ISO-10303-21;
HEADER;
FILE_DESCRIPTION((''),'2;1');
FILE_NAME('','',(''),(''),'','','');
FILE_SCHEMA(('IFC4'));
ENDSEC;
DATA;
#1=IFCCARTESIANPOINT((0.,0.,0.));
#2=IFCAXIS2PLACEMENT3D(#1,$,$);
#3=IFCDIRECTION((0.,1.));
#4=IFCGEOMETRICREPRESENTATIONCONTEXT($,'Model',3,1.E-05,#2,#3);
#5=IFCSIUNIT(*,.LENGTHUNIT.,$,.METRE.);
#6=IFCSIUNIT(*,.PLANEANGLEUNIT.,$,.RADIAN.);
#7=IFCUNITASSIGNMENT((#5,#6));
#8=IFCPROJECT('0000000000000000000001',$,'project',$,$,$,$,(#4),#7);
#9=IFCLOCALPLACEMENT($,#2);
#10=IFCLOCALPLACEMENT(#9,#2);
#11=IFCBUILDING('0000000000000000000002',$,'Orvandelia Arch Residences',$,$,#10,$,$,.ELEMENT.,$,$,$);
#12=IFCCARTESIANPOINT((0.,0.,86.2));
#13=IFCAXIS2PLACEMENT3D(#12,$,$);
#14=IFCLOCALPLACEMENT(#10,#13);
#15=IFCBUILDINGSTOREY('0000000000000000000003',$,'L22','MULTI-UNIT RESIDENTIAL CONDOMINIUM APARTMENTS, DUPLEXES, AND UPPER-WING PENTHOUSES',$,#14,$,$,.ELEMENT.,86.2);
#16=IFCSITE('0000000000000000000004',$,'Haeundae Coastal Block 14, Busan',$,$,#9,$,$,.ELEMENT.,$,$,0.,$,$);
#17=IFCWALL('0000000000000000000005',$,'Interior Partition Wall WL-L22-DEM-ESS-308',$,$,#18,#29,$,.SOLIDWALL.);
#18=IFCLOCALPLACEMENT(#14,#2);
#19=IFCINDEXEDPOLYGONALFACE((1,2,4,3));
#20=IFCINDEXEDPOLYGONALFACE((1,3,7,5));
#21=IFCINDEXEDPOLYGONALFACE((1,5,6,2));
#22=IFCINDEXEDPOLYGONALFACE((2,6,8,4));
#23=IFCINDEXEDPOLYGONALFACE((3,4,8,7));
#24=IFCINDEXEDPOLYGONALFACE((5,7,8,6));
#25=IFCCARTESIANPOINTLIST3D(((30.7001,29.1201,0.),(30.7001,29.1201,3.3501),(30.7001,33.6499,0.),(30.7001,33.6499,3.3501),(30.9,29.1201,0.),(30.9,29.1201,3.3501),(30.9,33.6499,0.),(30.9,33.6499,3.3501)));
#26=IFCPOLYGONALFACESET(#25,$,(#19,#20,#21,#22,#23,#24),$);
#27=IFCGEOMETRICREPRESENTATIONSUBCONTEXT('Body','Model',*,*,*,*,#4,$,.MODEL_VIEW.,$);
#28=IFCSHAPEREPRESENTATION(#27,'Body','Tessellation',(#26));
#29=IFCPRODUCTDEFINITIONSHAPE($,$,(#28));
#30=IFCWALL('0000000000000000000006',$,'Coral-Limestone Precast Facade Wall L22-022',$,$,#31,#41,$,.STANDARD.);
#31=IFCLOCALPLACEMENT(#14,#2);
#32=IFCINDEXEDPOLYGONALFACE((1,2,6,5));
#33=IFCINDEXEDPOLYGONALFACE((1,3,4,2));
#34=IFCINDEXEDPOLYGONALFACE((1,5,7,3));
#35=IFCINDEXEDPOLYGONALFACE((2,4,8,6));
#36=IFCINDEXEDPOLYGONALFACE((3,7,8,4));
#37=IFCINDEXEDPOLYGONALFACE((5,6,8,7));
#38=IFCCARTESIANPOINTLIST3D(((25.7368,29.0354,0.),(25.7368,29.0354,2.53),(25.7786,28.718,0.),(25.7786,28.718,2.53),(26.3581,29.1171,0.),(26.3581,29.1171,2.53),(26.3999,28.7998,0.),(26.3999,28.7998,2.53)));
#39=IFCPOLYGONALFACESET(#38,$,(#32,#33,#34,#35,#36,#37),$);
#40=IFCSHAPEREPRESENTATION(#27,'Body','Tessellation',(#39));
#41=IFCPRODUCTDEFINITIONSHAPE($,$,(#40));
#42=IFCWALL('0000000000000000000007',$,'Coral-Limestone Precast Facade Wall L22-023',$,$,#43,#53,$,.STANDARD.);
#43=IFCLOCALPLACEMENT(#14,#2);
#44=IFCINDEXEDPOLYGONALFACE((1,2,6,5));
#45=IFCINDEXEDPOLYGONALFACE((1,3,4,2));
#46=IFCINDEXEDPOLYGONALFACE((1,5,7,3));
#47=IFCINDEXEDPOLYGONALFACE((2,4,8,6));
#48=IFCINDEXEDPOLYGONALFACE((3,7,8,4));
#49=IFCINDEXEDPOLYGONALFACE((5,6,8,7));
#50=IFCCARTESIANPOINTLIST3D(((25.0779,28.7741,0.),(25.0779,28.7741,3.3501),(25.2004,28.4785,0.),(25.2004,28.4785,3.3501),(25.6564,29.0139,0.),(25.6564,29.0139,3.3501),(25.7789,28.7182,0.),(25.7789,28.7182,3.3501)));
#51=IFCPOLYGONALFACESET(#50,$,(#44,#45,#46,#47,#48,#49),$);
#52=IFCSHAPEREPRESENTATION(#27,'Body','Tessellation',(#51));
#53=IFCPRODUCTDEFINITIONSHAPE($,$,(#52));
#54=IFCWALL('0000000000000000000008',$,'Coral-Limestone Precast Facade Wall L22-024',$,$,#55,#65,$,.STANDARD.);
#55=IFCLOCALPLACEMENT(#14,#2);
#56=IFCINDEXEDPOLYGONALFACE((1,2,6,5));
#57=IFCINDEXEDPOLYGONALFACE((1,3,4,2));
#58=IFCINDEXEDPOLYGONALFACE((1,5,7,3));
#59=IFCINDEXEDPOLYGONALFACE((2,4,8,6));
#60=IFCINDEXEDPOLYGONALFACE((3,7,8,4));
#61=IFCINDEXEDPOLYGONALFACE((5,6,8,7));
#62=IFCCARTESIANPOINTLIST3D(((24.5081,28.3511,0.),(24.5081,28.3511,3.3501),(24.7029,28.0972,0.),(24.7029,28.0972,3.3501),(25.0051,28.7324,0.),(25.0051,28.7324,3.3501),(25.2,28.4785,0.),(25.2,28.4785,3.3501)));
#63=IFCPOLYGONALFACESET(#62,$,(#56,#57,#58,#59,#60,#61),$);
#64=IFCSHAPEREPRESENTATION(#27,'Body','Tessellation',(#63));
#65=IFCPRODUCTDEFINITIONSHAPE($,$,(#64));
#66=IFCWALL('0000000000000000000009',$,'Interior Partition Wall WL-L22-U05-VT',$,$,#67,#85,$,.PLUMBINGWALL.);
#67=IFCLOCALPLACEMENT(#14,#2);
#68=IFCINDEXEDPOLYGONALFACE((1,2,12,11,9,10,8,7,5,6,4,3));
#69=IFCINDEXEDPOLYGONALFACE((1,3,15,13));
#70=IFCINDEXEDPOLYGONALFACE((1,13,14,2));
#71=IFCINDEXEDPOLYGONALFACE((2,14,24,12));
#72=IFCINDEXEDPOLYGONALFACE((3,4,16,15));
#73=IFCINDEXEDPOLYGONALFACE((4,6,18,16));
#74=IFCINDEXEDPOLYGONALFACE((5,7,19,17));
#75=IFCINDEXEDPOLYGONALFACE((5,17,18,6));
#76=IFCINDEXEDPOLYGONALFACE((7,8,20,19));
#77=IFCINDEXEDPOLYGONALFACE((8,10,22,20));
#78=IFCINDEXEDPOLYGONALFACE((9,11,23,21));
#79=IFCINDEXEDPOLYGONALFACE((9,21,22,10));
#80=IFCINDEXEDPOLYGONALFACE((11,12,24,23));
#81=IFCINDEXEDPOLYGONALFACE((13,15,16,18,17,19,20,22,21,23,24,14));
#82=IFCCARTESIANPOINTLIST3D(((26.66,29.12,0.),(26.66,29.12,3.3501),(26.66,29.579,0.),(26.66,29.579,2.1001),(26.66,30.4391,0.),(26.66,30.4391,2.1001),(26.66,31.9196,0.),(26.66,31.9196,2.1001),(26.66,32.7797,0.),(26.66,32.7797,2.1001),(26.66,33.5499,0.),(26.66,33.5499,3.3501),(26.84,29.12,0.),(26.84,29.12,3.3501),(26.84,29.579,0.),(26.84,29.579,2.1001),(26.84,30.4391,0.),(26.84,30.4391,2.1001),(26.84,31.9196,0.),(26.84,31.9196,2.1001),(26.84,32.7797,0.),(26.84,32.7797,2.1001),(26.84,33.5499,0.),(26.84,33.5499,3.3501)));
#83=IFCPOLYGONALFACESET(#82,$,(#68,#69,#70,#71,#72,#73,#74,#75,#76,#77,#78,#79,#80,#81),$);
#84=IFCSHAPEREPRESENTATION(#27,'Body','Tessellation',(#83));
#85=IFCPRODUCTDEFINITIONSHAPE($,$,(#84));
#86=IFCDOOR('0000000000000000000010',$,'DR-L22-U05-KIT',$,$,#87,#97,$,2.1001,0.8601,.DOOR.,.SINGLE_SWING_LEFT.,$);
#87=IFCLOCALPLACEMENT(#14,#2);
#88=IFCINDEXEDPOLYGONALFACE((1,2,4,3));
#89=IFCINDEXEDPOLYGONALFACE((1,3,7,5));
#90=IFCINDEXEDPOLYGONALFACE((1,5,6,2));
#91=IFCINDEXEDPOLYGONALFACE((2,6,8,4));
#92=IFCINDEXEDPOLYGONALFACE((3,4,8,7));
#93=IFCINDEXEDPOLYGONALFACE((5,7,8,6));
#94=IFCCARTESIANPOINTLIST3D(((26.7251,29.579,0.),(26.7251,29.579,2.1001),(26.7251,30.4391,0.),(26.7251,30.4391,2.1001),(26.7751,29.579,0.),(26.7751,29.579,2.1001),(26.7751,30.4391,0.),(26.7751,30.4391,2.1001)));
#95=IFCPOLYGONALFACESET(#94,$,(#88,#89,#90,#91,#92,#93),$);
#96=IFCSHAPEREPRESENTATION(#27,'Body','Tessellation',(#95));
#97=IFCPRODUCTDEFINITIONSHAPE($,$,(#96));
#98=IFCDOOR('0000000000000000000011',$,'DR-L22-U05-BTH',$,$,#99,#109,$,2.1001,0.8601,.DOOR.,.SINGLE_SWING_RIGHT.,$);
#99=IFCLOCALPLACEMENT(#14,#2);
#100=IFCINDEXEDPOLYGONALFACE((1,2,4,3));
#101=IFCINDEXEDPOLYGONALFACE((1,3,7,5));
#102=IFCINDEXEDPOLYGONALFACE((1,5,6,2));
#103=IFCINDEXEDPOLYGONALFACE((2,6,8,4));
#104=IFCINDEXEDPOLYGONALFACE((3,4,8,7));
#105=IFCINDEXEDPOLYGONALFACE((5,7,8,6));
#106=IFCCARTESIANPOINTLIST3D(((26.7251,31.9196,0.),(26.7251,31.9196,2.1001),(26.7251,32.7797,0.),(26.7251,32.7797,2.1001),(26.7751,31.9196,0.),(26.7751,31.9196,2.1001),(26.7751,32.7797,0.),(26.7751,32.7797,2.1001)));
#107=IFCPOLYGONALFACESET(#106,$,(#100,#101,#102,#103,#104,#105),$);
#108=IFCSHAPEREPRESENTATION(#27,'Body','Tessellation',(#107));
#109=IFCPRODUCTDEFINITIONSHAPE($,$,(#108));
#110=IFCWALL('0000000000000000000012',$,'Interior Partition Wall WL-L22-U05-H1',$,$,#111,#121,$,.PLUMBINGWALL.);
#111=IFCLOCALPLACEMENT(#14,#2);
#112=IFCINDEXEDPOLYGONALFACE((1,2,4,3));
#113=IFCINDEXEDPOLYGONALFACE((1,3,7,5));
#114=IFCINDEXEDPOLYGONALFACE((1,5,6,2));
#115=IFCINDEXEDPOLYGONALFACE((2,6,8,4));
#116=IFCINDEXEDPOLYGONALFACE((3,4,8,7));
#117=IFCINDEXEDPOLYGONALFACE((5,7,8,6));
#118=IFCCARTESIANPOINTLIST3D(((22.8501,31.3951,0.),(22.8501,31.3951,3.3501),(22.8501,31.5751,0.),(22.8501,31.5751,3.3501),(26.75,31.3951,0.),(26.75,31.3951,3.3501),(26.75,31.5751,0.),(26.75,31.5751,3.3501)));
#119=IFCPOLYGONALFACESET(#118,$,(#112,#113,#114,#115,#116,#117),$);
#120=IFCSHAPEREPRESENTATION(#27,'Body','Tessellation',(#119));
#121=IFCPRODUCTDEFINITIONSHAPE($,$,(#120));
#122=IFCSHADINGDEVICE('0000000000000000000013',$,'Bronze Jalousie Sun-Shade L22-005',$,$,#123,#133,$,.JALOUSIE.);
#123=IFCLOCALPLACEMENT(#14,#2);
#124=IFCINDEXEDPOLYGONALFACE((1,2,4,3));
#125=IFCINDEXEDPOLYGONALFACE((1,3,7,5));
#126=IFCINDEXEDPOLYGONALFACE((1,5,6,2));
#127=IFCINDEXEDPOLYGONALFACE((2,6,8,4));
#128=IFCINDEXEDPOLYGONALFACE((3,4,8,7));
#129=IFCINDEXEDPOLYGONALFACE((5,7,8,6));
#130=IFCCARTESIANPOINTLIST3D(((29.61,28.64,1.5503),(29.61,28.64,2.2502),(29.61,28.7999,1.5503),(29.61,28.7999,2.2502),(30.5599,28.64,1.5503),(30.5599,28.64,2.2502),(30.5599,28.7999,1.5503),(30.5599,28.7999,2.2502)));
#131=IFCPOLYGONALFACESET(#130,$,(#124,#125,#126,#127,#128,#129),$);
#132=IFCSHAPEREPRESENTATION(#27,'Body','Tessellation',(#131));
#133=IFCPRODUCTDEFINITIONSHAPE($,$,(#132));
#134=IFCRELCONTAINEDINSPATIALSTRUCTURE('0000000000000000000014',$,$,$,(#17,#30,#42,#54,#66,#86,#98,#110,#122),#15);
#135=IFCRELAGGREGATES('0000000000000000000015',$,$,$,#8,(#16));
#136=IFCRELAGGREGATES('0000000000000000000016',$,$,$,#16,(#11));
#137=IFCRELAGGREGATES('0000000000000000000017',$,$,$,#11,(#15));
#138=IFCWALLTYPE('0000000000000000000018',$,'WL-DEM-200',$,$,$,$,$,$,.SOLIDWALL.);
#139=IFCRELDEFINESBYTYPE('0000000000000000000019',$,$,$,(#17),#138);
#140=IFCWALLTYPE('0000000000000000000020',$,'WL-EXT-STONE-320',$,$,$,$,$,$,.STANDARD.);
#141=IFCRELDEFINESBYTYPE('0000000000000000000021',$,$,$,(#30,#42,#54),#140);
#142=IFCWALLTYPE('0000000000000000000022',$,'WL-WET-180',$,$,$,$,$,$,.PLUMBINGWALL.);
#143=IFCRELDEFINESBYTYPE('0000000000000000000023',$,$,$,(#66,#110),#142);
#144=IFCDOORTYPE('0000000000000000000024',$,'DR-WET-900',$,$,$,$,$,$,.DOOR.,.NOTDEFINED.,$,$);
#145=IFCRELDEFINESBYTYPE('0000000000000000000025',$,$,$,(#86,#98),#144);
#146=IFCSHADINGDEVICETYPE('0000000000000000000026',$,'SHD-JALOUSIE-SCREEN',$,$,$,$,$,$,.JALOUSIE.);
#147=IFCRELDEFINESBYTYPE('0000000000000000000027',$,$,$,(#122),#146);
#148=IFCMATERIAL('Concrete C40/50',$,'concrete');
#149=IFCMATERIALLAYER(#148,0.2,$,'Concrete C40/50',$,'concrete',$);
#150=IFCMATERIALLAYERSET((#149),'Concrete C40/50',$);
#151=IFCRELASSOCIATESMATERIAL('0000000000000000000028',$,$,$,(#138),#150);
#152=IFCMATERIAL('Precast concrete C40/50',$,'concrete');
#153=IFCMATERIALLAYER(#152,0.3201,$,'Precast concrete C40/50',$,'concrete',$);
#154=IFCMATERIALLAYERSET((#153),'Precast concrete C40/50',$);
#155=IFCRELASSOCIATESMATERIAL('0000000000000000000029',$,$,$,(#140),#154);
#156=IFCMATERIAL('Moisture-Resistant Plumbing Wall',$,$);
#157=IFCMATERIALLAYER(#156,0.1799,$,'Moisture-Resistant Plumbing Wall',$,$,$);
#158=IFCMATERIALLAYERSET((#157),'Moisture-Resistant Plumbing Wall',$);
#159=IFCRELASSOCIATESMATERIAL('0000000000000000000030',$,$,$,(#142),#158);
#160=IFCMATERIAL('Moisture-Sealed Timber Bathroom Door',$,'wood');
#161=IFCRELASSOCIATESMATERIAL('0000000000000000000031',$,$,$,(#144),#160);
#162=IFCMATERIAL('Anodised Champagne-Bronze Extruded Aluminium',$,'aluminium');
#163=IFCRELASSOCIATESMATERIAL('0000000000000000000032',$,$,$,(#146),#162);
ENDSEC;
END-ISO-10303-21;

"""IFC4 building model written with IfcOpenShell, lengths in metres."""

from ifc_helpers import new_model, si_unit, direction, frame, frame_2d, origin, origin_2d, place, context, subcontext, project, spatial, rectangle, extrude, material, layer, layer_set, type_object, element, fill, save


model = new_model("IFC4")

# Units and contexts
model_context = context("Model", 3, precision=1e-05, world=origin(), true_north=direction((0.0, 1.0)))
body_context = subcontext(model_context, "Body", "Model", "MODEL_VIEW")
ifc_project = project(units=[si_unit("LENGTHUNIT", "METRE"), si_unit("PLANEANGLEUNIT", "RADIAN")], contexts=[model_context])

# Site, building, storey
site_placement = place(None, origin())
site = spatial("IfcSite", under=ifc_project, at=site_placement, Name="Haeundae Coastal Block 14, Busan", CompositionType="ELEMENT", RefElevation=0.0)
building_placement = place(site_placement, origin())
building = spatial("IfcBuilding", under=site, at=building_placement, Name="Orvandelia Arch Residences", CompositionType="ELEMENT")
storey_placement = place(building_placement, frame((0.0, 0.0, 86.2)))
storey = spatial("IfcBuildingStorey", under=building, at=storey_placement, Name="L22", Description="MULTI-UNIT RESIDENTIAL CONDOMINIUM APARTMENTS, DUPLEXES, AND UPPER-WING PENTHOUSES", CompositionType="ELEMENT", Elevation=86.2)

# Walls
ifc_material_1 = material(Name="Concrete C40/50", Category="concrete")
ifc_layer_1 = layer(ifc_material_1, 0.2, Name="Concrete C40/50", Category="concrete")
ifc_layer_set_1 = layer_set([ifc_layer_1], Name="Concrete C40/50")
wall_type_1 = type_object("IfcWallType", Name="WL-DEM-200", PredefinedType="SOLIDWALL", material=ifc_layer_set_1)
wall_1_placement = place(storey_placement, frame((30.8, 29.1201, 0.0), z_axis=(0.0, 0.0, 1.0), x_axis=(0.0, 1.0, 0.0)))
element("IfcWall", 1, at=wall_1_placement, inside=storey, type_object=wall_type_1, Name="Interior Partition Wall WL-L22-DEM-ESS-308", PredefinedType="SOLIDWALL", context=body_context, shape_type="SweptSolid", body=[
    extrude(rectangle(XDim=4.5298, YDim=0.2, at=frame_2d((2.2649, 0.0))), origin(), (0.0, 0.0, 1.0), 3.3501),
])
ifc_material_2 = material(Name="Precast concrete C40/50", Category="concrete")
ifc_layer_2 = layer(ifc_material_2, 0.3201, Name="Precast concrete C40/50", Category="concrete")
ifc_layer_set_2 = layer_set([ifc_layer_2], Name="Precast concrete C40/50")
wall_type_2 = type_object("IfcWallType", Name="WL-EXT-STONE-320", PredefinedType="STANDARD", material=ifc_layer_set_2)
wall_2_placement = place(storey_placement, frame((26.3792, 28.9585, 0.0), z_axis=(0.0, 0.0, 1.0), x_axis=(-0.991448, -0.130505, 0.0)))
element("IfcWall", 2, at=wall_2_placement, inside=storey, type_object=wall_type_2, Name="Coral-Limestone Precast Facade Wall L22-022", PredefinedType="STANDARD", context=body_context, shape_type="SweptSolid", body=[
    extrude(rectangle(XDim=0.6267, YDim=0.3201, at=frame_2d((0.3135, 0.0))), origin(), (0.0, 0.0, 1.0), 2.53),
])
wall_3_placement = place(storey_placement, frame((25.7175, 28.866, 0.0), z_axis=(0.0, 0.0, 1.0), x_axis=(-0.923836, -0.382788, 0.0)))
element("IfcWall", 3, at=wall_3_placement, inside=storey, type_object=wall_type_2, Name="Coral-Limestone Precast Facade Wall L22-023", PredefinedType="STANDARD", context=body_context, shape_type="SweptSolid", body=[
    extrude(rectangle(XDim=0.6262, YDim=0.3201, at=frame_2d((0.313, 0.0))), origin(), (0.0, 0.0, 1.0), 3.3501),
])
wall_4_placement = place(storey_placement, frame((25.1025, 28.6055, 0.0), z_axis=(0.0, 0.0, 1.0), x_axis=(-0.793406, -0.608693, 0.0)))
element("IfcWall", 4, at=wall_4_placement, inside=storey, type_object=wall_type_2, Name="Coral-Limestone Precast Facade Wall L22-024", PredefinedType="STANDARD", context=body_context, shape_type="SweptSolid", body=[
    extrude(rectangle(XDim=0.6265, YDim=0.3201, at=frame_2d((0.3132, 0.0))), origin(), (0.0, 0.0, 1.0), 3.3501),
])

# Wall, openings, doors
ifc_material_3 = material(Name="Moisture-Resistant Plumbing Wall")
ifc_layer_3 = layer(ifc_material_3, 0.1799, Name="Moisture-Resistant Plumbing Wall")
ifc_layer_set_3 = layer_set([ifc_layer_3], Name="Moisture-Resistant Plumbing Wall")
wall_type_3 = type_object("IfcWallType", Name="WL-WET-180", PredefinedType="PLUMBINGWALL", material=ifc_layer_set_3)
wall_5_placement = place(storey_placement, frame((26.75, 29.1201, 0.0), z_axis=(0.0, 0.0, 1.0), x_axis=(0.0, 1.0, 0.0)))
wall_5 = element("IfcWall", 5, at=wall_5_placement, inside=storey, type_object=wall_type_3, Name="Interior Partition Wall WL-L22-U05-VT", PredefinedType="PLUMBINGWALL", context=body_context, shape_type="SweptSolid", body=[
    extrude(rectangle(XDim=4.4299, YDim=0.1799, at=frame_2d((2.2148, 0.0))), origin(), (0.0, 0.0, 1.0), 3.3501),
])
opening_1_placement = place(wall_5_placement, frame((0.4587, 0.0, 0.0)))
opening_1 = element("IfcOpeningElement", 6, at=opening_1_placement, cuts=wall_5, PredefinedType="OPENING", context=body_context, shape_type="SweptSolid", body=[
    extrude(rectangle(XDim=0.8601, YDim=2.1001, at=frame_2d((0.4302, 1.05))), frame((0.0, 0.1001, 0.0), z_axis=(0.0, -1.0, 0.0), x_axis=(1.0, 0.0, 0.0)), (0.0, 0.0, 1.0), 0.2),
])
opening_2_placement = place(wall_5_placement, frame((2.7993, 0.0, 0.0)))
opening_2 = element("IfcOpeningElement", 7, at=opening_2_placement, cuts=wall_5, PredefinedType="OPENING", context=body_context, shape_type="SweptSolid", body=[
    extrude(rectangle(XDim=0.8601, YDim=2.1001, at=frame_2d((0.4302, 1.05))), frame((0.0, 0.1001, 0.0), z_axis=(0.0, -1.0, 0.0), x_axis=(1.0, 0.0, 0.0)), (0.0, 0.0, 1.0), 0.2),
])
ifc_material_4 = material(Name="Moisture-Sealed Timber Bathroom Door", Category="wood")
door_type_1 = type_object("IfcDoorType", Name="DR-WET-900", OperationType="NOTDEFINED", PredefinedType="DOOR", material=ifc_material_4)
door_1_placement = place(opening_1_placement, origin())
door_1 = element("IfcDoor", 8, at=door_1_placement, inside=storey, type_object=door_type_1, Name="DR-L22-U05-KIT", OperationType="SINGLE_SWING_LEFT", OverallHeight=2.1001, OverallWidth=0.8601, PredefinedType="DOOR", context=body_context, shape_type="SweptSolid", body=[
    extrude(rectangle(XDim=0.8601, YDim=2.1001, at=frame_2d((0.4302, 1.05))), frame((0.0, 0.0249, 0.0), z_axis=(0.0, -1.0, 0.0), x_axis=(1.0, 0.0, 0.0)), (0.0, 0.0, 1.0), 0.05),
])
fill(opening_1, door_1)
door_2_placement = place(opening_2_placement, origin())
door_2 = element("IfcDoor", 9, at=door_2_placement, inside=storey, type_object=door_type_1, Name="DR-L22-U05-BTH", OperationType="SINGLE_SWING_RIGHT", OverallHeight=2.1001, OverallWidth=0.8601, PredefinedType="DOOR", context=body_context, shape_type="SweptSolid", body=[
    extrude(rectangle(XDim=0.8601, YDim=2.1001, at=frame_2d((0.4302, 1.05))), frame((0.0, 0.0249, 0.0), z_axis=(0.0, -1.0, 0.0), x_axis=(1.0, 0.0, 0.0)), (0.0, 0.0, 1.0), 0.05),
])
fill(opening_2, door_2)

# Wall
wall_6_placement = place(storey_placement, frame((22.8501, 31.4851, 0.0), z_axis=(0.0, 0.0, 1.0), x_axis=(1.0, 0.0, 0.0)))
element("IfcWall", 10, at=wall_6_placement, inside=storey, type_object=wall_type_3, Name="Interior Partition Wall WL-L22-U05-H1", PredefinedType="PLUMBINGWALL", context=body_context, shape_type="SweptSolid", body=[
    extrude(rectangle(XDim=3.8999, YDim=0.1799, at=frame_2d((1.95, 0.0))), origin(), (0.0, 0.0, 1.0), 3.3501),
])

# Shading device
ifc_material_5 = material(Name="Anodised Champagne-Bronze Extruded Aluminium", Category="aluminium")
shading_device_type = type_object("IfcShadingDeviceType", Name="SHD-JALOUSIE-SCREEN", PredefinedType="JALOUSIE", material=ifc_material_5)
shading_device_placement = place(storey_placement, frame((30.085, 28.72, 1.5503), z_axis=(0.0, 0.0, 1.0), x_axis=(-1.0, 0.0, 0.0)))
element("IfcShadingDevice", 11, at=shading_device_placement, inside=storey, type_object=shading_device_type, Name="Bronze Jalousie Sun-Shade L22-005", PredefinedType="JALOUSIE", context=body_context, shape_type="SweptSolid", body=[
    extrude(rectangle(XDim=0.95, YDim=0.1599, at=origin_2d()), origin(), (0.0, 0.0, 1.0), 0.7),
])

save(model, "model.ifc")
